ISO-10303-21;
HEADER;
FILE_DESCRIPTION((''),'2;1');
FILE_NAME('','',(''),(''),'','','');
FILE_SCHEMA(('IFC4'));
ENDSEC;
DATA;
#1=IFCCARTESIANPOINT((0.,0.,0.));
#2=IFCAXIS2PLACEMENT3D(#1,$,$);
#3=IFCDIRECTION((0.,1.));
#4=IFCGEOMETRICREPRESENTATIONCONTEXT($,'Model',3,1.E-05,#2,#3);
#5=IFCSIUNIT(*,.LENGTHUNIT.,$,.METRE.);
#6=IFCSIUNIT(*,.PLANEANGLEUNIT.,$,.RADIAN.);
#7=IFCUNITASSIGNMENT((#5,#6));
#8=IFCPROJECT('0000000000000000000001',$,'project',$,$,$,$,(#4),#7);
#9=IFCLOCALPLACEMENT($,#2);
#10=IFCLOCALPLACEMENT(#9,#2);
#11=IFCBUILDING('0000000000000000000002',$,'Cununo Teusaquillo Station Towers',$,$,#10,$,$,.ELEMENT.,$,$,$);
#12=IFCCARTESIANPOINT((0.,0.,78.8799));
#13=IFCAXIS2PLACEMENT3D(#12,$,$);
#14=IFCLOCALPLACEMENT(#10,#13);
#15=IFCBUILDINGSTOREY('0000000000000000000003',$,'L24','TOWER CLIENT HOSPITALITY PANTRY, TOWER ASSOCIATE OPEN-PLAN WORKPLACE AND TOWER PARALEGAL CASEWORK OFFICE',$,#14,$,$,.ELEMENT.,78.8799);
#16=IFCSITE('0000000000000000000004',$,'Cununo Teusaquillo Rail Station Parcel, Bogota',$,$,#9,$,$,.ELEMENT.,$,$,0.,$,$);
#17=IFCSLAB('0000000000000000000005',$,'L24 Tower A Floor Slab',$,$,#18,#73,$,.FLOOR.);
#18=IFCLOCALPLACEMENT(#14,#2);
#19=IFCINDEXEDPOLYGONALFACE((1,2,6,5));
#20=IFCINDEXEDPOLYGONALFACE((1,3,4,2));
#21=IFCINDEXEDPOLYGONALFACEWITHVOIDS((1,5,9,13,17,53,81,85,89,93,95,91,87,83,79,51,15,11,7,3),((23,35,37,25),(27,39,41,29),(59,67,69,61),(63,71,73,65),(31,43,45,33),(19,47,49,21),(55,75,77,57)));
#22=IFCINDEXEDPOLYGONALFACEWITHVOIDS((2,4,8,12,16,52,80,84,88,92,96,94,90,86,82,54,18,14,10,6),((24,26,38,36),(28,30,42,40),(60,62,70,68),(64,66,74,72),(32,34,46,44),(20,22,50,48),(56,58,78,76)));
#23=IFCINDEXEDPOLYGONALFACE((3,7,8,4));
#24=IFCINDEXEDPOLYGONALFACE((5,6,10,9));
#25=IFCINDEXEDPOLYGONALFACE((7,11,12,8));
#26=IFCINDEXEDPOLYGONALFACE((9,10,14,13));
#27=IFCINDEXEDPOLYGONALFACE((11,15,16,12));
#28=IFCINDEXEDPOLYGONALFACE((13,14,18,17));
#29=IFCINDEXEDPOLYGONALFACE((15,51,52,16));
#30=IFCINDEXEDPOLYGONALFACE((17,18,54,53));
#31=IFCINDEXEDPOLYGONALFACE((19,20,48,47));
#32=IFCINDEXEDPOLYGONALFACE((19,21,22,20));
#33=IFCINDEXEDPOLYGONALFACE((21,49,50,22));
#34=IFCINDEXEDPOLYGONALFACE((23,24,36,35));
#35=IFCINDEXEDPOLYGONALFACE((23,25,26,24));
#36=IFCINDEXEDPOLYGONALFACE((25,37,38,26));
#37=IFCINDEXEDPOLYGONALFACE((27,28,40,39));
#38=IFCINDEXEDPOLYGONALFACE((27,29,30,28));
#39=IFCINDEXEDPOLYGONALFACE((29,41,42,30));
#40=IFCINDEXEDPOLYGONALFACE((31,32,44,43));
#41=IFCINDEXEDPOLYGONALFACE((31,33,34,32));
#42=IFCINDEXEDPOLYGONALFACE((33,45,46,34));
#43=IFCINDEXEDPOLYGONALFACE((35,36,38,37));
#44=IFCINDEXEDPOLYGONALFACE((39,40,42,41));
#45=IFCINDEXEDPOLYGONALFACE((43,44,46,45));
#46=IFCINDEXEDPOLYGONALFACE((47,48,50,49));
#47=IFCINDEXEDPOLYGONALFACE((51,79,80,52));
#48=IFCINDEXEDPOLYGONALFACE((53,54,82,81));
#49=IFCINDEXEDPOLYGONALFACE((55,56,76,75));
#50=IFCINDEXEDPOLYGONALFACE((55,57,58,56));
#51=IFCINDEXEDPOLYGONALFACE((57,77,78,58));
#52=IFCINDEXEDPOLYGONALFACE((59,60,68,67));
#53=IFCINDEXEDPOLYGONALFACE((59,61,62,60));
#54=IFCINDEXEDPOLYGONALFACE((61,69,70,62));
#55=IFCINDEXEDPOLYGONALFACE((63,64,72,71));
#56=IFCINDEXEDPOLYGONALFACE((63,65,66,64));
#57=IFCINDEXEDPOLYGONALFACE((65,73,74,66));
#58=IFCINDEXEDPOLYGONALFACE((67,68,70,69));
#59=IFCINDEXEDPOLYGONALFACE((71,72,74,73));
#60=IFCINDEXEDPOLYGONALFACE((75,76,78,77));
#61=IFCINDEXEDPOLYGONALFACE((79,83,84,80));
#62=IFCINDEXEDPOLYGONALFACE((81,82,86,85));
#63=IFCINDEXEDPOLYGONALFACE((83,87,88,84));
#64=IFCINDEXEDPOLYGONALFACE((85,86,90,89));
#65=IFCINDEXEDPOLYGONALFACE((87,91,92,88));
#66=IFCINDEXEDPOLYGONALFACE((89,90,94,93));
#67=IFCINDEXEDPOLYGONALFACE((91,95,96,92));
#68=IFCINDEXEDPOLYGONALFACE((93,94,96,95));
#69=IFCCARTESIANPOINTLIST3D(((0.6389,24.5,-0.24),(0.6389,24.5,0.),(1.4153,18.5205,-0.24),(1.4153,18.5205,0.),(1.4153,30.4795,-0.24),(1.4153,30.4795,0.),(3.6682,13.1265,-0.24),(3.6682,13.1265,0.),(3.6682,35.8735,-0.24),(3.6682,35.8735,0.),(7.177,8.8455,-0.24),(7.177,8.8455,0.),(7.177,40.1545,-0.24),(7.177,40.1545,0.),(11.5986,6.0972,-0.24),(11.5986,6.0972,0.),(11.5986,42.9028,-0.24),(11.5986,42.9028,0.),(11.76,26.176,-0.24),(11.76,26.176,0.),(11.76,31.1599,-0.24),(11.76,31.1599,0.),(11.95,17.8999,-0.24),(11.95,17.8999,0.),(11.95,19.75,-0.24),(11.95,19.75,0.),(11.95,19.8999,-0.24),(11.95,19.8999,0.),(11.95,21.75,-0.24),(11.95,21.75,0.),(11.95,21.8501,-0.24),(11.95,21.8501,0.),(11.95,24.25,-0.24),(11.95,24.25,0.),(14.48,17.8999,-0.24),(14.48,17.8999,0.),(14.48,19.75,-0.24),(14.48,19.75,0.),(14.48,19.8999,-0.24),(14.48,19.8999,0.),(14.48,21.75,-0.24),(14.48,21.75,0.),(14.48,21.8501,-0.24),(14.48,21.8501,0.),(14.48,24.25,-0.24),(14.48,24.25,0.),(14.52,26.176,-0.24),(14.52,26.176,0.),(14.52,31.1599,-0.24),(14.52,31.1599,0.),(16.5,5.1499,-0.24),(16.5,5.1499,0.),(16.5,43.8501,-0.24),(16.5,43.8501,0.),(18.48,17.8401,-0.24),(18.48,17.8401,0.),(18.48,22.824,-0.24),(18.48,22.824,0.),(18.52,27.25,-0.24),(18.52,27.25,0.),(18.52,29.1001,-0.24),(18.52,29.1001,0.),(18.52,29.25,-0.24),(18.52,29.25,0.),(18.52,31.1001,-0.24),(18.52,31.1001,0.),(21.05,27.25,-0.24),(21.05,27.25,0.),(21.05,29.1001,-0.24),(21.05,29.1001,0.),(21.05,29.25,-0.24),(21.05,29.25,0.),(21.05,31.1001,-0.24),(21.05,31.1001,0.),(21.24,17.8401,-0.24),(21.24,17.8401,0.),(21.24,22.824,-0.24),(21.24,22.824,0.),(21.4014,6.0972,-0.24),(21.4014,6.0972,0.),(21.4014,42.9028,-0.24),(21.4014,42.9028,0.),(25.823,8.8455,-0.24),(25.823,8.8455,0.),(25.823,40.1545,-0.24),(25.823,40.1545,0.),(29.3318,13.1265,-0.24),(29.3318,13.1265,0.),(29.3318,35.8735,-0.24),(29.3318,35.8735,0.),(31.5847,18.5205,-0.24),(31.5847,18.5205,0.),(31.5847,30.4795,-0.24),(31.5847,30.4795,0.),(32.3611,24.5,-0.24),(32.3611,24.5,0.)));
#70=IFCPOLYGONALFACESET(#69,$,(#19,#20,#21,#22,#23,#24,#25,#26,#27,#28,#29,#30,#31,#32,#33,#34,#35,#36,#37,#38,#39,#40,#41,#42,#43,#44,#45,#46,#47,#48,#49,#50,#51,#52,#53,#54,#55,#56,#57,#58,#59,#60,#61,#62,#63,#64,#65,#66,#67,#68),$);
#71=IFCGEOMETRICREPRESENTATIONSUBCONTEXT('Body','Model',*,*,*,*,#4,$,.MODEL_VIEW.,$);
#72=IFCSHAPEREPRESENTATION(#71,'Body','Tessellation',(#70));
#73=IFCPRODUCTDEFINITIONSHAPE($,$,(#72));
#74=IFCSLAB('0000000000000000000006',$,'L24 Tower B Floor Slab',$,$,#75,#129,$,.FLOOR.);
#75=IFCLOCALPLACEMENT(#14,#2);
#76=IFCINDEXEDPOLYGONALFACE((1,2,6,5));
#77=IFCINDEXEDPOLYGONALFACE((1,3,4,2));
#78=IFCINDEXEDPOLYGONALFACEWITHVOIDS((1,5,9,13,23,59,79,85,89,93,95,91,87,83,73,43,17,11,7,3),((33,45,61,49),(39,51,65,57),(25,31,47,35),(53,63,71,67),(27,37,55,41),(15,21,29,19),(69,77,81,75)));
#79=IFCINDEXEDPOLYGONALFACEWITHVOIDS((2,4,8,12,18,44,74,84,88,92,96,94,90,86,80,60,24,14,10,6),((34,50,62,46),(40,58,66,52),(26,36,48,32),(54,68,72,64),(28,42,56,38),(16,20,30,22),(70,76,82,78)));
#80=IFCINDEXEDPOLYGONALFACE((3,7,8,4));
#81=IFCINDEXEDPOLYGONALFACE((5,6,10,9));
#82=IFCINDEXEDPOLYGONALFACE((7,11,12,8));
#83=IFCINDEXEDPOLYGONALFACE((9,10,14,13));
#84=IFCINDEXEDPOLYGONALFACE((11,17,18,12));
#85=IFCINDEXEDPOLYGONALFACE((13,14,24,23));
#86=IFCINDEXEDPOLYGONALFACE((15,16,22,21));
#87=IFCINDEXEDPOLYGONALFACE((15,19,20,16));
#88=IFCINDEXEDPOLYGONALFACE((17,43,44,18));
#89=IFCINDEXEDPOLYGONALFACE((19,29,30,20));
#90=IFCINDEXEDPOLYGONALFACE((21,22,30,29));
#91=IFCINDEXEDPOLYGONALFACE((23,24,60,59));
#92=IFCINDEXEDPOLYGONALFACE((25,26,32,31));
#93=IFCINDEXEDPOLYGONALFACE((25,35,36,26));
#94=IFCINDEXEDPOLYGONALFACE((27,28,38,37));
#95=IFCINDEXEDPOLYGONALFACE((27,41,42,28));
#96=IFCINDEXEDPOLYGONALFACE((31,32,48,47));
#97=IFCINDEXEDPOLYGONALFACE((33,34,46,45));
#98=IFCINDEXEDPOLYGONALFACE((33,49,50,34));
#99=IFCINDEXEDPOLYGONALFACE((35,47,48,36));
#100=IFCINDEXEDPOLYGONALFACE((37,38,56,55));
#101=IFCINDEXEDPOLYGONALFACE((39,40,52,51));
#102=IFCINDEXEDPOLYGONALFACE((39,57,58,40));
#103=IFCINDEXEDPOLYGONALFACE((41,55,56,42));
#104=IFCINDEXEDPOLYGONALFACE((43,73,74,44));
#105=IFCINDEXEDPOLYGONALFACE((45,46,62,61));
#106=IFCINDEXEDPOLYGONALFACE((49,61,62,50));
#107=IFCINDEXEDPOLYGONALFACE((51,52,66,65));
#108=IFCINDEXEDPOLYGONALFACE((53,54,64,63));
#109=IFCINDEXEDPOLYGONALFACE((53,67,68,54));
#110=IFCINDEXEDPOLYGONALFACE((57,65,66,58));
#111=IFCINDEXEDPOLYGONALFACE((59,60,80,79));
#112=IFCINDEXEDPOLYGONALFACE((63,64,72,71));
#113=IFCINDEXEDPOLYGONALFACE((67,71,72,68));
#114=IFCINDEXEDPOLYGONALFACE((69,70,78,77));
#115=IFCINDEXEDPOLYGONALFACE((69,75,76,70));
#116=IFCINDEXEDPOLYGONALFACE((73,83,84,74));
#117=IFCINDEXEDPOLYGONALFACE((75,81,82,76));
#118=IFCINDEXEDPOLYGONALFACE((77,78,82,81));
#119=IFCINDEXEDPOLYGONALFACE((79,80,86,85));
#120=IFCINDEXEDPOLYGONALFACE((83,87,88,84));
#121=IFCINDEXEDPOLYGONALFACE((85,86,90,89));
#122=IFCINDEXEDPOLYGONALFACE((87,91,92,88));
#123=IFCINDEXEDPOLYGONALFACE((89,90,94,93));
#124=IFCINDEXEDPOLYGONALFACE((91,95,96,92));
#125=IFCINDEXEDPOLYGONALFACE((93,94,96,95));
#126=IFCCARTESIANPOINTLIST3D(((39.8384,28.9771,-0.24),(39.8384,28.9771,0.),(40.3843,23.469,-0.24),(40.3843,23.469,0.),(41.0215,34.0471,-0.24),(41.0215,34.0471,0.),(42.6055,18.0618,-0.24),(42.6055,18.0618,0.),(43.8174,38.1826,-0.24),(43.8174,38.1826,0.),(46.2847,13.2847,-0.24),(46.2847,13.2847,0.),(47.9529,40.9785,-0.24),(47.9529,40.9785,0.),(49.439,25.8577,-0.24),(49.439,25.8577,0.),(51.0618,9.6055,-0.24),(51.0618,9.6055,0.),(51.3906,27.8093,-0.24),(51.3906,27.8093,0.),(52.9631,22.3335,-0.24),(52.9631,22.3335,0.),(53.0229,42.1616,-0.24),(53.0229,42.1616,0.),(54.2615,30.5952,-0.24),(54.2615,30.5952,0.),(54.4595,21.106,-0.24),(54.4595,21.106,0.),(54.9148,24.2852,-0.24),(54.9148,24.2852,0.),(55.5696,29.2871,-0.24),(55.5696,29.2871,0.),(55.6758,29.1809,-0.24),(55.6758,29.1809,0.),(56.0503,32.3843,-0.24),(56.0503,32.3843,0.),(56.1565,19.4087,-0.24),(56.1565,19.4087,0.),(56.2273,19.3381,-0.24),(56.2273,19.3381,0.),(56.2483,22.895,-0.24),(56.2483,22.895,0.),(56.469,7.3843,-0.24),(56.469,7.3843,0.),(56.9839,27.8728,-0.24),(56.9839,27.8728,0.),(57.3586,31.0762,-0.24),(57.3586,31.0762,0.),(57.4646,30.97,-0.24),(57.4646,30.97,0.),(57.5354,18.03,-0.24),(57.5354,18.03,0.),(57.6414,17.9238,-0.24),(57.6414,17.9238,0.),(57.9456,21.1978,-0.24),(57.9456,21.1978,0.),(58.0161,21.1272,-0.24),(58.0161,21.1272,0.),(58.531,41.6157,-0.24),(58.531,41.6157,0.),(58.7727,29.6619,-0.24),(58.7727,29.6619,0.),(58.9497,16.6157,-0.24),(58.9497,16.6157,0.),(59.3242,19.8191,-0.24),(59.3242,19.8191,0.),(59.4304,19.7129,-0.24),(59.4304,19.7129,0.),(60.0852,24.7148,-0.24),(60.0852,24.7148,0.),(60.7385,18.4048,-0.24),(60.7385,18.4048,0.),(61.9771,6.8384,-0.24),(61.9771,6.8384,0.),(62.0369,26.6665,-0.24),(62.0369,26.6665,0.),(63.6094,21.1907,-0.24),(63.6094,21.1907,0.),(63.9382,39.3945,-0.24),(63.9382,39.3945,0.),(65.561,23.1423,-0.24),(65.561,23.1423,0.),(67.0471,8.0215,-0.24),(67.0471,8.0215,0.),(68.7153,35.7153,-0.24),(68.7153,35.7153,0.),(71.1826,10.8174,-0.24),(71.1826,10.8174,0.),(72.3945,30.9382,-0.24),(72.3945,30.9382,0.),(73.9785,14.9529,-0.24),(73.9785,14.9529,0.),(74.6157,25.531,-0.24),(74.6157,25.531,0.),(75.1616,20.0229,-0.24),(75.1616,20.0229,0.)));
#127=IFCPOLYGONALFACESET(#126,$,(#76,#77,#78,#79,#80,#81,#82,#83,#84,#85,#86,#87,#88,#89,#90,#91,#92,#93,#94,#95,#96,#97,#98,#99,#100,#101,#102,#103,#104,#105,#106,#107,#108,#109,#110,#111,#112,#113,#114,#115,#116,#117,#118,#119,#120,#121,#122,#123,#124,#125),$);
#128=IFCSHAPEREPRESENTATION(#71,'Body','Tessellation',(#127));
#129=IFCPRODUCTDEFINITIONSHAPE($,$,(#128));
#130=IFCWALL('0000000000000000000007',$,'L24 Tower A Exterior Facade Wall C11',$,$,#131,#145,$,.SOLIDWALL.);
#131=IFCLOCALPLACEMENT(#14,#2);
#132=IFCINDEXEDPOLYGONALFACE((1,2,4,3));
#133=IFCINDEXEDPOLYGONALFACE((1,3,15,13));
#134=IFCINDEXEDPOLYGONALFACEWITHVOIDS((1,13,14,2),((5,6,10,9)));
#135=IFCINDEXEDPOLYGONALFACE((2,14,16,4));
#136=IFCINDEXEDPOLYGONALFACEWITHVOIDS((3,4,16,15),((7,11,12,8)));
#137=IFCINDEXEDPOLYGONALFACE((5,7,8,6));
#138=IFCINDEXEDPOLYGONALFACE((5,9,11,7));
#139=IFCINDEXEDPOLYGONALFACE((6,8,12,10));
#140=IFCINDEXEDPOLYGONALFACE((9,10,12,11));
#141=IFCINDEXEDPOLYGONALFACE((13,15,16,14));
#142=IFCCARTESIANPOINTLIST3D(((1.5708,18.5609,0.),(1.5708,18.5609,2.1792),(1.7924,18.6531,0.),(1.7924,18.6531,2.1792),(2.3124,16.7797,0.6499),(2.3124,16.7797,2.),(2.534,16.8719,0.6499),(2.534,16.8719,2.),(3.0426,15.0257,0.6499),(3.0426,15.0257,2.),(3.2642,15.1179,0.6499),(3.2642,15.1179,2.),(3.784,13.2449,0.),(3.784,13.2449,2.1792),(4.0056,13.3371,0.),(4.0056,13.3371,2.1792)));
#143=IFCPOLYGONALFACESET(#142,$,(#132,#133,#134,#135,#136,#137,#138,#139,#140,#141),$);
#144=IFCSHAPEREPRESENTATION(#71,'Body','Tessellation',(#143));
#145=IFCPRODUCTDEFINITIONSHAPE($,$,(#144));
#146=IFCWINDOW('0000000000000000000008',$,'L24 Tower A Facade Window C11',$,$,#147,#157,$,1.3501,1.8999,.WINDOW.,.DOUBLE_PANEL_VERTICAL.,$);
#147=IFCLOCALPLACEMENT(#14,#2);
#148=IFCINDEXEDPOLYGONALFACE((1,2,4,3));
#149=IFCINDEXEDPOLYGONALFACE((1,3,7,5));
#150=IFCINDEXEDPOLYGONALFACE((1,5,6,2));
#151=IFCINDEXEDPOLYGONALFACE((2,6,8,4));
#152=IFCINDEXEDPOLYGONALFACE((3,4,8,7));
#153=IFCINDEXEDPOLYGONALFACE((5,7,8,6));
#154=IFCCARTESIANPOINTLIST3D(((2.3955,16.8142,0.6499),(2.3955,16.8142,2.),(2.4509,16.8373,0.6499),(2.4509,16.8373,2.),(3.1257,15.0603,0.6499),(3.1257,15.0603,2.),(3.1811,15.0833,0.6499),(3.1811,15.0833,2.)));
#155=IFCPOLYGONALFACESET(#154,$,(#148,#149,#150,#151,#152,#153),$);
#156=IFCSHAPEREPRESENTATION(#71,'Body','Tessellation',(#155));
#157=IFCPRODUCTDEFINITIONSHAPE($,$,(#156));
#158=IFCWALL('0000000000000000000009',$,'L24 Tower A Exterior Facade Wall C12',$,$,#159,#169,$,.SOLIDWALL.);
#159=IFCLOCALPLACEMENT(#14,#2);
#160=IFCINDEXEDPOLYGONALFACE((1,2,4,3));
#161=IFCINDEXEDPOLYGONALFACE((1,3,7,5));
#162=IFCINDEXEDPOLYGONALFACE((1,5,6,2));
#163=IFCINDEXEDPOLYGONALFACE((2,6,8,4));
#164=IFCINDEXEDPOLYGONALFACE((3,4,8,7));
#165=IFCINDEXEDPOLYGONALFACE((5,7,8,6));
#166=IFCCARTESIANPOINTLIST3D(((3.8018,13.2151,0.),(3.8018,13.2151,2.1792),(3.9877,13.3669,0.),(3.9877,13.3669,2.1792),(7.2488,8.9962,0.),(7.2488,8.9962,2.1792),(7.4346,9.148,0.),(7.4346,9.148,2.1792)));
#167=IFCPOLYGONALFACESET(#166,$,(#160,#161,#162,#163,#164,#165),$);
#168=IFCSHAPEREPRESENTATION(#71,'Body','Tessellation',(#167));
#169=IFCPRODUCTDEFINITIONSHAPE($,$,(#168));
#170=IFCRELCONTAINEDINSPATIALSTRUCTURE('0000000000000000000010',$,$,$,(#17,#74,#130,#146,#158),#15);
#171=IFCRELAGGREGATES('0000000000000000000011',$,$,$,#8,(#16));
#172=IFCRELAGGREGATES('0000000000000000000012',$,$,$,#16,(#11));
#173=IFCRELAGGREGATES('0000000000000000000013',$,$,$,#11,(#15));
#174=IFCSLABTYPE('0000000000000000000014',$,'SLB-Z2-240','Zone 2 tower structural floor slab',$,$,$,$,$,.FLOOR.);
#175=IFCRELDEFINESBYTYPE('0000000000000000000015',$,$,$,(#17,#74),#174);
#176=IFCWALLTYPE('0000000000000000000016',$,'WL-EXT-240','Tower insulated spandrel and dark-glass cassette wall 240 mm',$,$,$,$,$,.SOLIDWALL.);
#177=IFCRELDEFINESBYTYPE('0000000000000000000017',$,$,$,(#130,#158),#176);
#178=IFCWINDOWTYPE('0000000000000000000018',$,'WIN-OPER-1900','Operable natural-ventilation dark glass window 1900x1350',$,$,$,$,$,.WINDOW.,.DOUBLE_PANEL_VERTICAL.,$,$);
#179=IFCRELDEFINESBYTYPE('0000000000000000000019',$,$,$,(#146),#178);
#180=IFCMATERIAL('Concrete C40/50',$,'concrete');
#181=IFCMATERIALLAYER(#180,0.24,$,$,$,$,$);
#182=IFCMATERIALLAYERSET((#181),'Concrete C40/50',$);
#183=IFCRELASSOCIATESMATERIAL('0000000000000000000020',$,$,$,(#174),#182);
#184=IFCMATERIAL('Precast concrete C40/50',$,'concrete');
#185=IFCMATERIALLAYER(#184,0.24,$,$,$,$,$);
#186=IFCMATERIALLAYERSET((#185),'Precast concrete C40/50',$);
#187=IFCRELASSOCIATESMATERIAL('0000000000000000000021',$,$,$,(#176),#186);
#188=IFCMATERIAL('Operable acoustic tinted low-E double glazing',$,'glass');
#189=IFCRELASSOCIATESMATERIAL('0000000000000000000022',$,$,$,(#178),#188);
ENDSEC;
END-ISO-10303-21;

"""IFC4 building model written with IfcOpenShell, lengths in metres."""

from ifc_helpers import new_model, si_unit, direction, frame, frame_2d, origin, place, context, subcontext, project, spatial, polyline, rectangle, outline, extrude, source, transform, mapped, material, layer, layer_set, type_object, element, fill, save


model = new_model("IFC4")

# Units and contexts
model_context = context("Model", 3, precision=1e-05, world=origin(), true_north=direction((0.0, 1.0)))
body_context = subcontext(model_context, "Body", "Model", "MODEL_VIEW")
ifc_project = project(units=[si_unit("LENGTHUNIT", "METRE"), si_unit("PLANEANGLEUNIT", "RADIAN")], contexts=[model_context])

# Site, building, storey
site_placement = place(None, origin())
site = spatial("IfcSite", under=ifc_project, at=site_placement, Name="Cununo Teusaquillo Rail Station Parcel, Bogota", CompositionType="ELEMENT", RefElevation=0.0)
building_placement = place(site_placement, origin())
building = spatial("IfcBuilding", under=site, at=building_placement, Name="Cununo Teusaquillo Station Towers", CompositionType="ELEMENT")
storey_placement = place(building_placement, frame((0.0, 0.0, 78.8799)))
storey = spatial("IfcBuildingStorey", under=building, at=storey_placement, Name="L24", Description="TOWER CLIENT HOSPITALITY PANTRY, TOWER ASSOCIATE OPEN-PLAN WORKPLACE AND TOWER PARALEGAL CASEWORK OFFICE", CompositionType="ELEMENT", Elevation=78.8799)

# Slabs
ifc_material_1 = material(Name="Concrete C40/50", Category="concrete")
ifc_layer_1 = layer(ifc_material_1, 0.24)
ifc_layer_set_1 = layer_set([ifc_layer_1], Name="Concrete C40/50")
slab_type_1 = type_object("IfcSlabType", Name="SLB-Z2-240", Description="Zone 2 tower structural floor slab", PredefinedType="FLOOR", material=ifc_layer_set_1)
slab_1_placement = place(storey_placement, frame((0.0, 0.0, -0.24)))
element("IfcSlab", 1, at=slab_1_placement, inside=storey, type_object=slab_type_1, Name="L24 Tower A Floor Slab", PredefinedType="FLOOR", context=body_context, shape_type="SweptSolid", body=[
    extrude(outline(polyline([(32.3611, 24.5), (31.5847, 30.4795), (29.3318, 35.8735), (25.823, 40.1545), (21.4014, 42.9028), (16.5, 43.8501), (11.5986, 42.9028), (7.177, 40.1545), (3.6682, 35.8735), (1.4153, 30.4795), (0.6389, 24.5), (1.4153, 18.5205), (3.6682, 13.1265), (7.177, 8.8455), (11.5986, 6.0972), (16.5, 5.1499), (21.4014, 6.0972), (25.823, 8.8455), (29.3318, 13.1265), (31.5847, 18.5205), (32.3611, 24.5)]), holes=[polyline([(14.52, 26.176), (14.52, 31.1599), (11.76, 31.1599), (11.76, 26.176), (14.52, 26.176)]), polyline([(18.48, 22.824), (18.48, 17.8401), (21.24, 17.8401), (21.24, 22.824), (18.48, 22.824)]), polyline([(11.95, 21.8501), (14.48, 21.8501), (14.48, 24.25), (11.95, 24.25), (11.95, 21.8501)]), polyline([(11.95, 17.8999), (14.48, 17.8999), (14.48, 19.75), (11.95, 19.75), (11.95, 17.8999)]), polyline([(11.95, 19.8999), (14.48, 19.8999), (14.48, 21.75), (11.95, 21.75), (11.95, 19.8999)]), polyline([(18.52, 27.25), (21.05, 27.25), (21.05, 29.1001), (18.52, 29.1001), (18.52, 27.25)]), polyline([(18.52, 29.25), (21.05, 29.25), (21.05, 31.1001), (18.52, 31.1001), (18.52, 29.25)])]), origin(), (0.0, 0.0, 1.0), 0.24),
])
slab_2_placement = place(storey_placement, frame((0.0, 0.0, -0.24)))
element("IfcSlab", 2, at=slab_2_placement, inside=storey, type_object=slab_type_1, Name="L24 Tower B Floor Slab", PredefinedType="FLOOR", context=body_context, shape_type="SweptSolid", body=[
    extrude(outline(polyline([(68.7153, 35.7153), (63.9382, 39.3945), (58.531, 41.6157), (53.0229, 42.1616), (47.9529, 40.9785), (43.8174, 38.1826), (41.0215, 34.0471), (39.8384, 28.9771), (40.3843, 23.469), (42.6055, 18.0618), (46.2847, 13.2847), (51.0618, 9.6055), (56.469, 7.3843), (61.9771, 6.8384), (67.0471, 8.0215), (71.1826, 10.8174), (73.9785, 14.9529), (75.1616, 20.0229), (74.6157, 25.531), (72.3945, 30.9382), (68.7153, 35.7153)]), holes=[polyline([(54.9148, 24.2852), (51.3906, 27.8093), (49.439, 25.8577), (52.9631, 22.3335), (54.9148, 24.2852)]), polyline([(60.0852, 24.7148), (63.6094, 21.1907), (65.561, 23.1423), (62.0369, 26.6665), (60.0852, 24.7148)]), polyline([(56.1565, 19.4087), (57.9456, 21.1978), (56.2483, 22.895), (54.4595, 21.106), (56.1565, 19.4087)]), polyline([(58.9497, 16.6157), (60.7385, 18.4048), (59.4304, 19.7129), (57.6414, 17.9238), (58.9497, 16.6157)]), polyline([(57.5354, 18.03), (59.3242, 19.8191), (58.0161, 21.1272), (56.2273, 19.3381), (57.5354, 18.03)]), polyline([(56.9839, 27.8728), (58.7727, 29.6619), (57.4646, 30.97), (55.6758, 29.1809), (56.9839, 27.8728)]), polyline([(55.5696, 29.2871), (57.3586, 31.0762), (56.0503, 32.3843), (54.2615, 30.5952), (55.5696, 29.2871)])]), origin(), (0.0, 0.0, 1.0), 0.24),
])

# Wall, opening, window
ifc_material_2 = material(Name="Precast concrete C40/50", Category="concrete")
ifc_layer_2 = layer(ifc_material_2, 0.24)
ifc_layer_set_2 = layer_set([ifc_layer_2], Name="Precast concrete C40/50")
wall_type_1 = type_object("IfcWallType", Name="WL-EXT-240", Description="Tower insulated spandrel and dark-glass cassette wall 240 mm", PredefinedType="SOLIDWALL", material=ifc_layer_set_2)
wall_1_placement = place(storey_placement, frame((3.8948, 13.291, 0.0), z_axis=(0.0, 0.0, 1.0), x_axis=(-0.384344, 0.92319, 0.0)))
wall_1 = element("IfcWall", 3, at=wall_1_placement, inside=storey, type_object=wall_type_1, Name="L24 Tower A Exterior Facade Wall C11", PredefinedType="SOLIDWALL", context=body_context, shape_type="SweptSolid", body=[
    extrude(rectangle(XDim=5.7583, YDim=0.24, at=frame_2d((2.8792, 0.0))), origin(), (0.0, 0.0, 1.0), 2.1792),
])
shared_shape_1 = source(origin(), body_context, "Body", "SweptSolid", [
    extrude(rectangle(XDim=1.8999, YDim=1.3501, at=frame_2d((0.95, 0.675))), frame((0.0, 0.1299, 0.0), z_axis=(0.0, -1.0, 0.0), x_axis=(1.0, 0.0, 0.0)), (0.0, 0.0, 1.0), 0.26),
])
opening_1_placement = place(wall_1_placement, frame((1.929, 0.0, 0.6499)))
opening_1 = element("IfcOpeningElement", 4, at=opening_1_placement, cuts=wall_1, PredefinedType="OPENING", context=body_context, shape_type="MappedRepresentation", body=[
    mapped(shared_shape_1, transform((0.0, 0.0, 0.0), x_axis=(1.0, 0.0, 0.0), y_axis=(0.0, 1.0, 0.0), z_axis=(0.0, 0.0, 1.0), scale=1.0)),
])
ifc_material_3 = material(Name="Operable acoustic tinted low-E double glazing", Category="glass")
window_type = type_object("IfcWindowType", Name="WIN-OPER-1900", Description="Operable natural-ventilation dark glass window 1900x1350", PartitioningType="DOUBLE_PANEL_VERTICAL", PredefinedType="WINDOW", material=ifc_material_3)
shared_shape_2 = source(origin(), body_context, "Body", "SweptSolid", [
    extrude(rectangle(XDim=1.8999, YDim=1.3501, at=frame_2d((0.95, 0.675))), frame((0.0, 0.03, 0.0), z_axis=(0.0, -1.0, 0.0), x_axis=(1.0, 0.0, 0.0)), (0.0, 0.0, 1.0), 0.0601),
])
window_1_placement = place(opening_1_placement, origin())
window_1 = element("IfcWindow", 5, at=window_1_placement, inside=storey, type_object=window_type, Name="L24 Tower A Facade Window C11", OverallHeight=1.3501, OverallWidth=1.8999, PartitioningType="DOUBLE_PANEL_VERTICAL", PredefinedType="WINDOW", context=body_context, shape_type="MappedRepresentation", body=[
    mapped(shared_shape_2, transform((0.0, 0.0, 0.0), x_axis=(1.0, 0.0, 0.0), y_axis=(0.0, 1.0, 0.0), z_axis=(0.0, 0.0, 1.0), scale=1.0)),
])
fill(opening_1, window_1)

# Wall
wall_2_placement = place(storey_placement, frame((7.3418, 9.072, 0.0), z_axis=(0.0, 0.0, 1.0), x_axis=(-0.632701, 0.774396, 0.0)))
element("IfcWall", 6, at=wall_2_placement, inside=storey, type_object=wall_type_1, Name="L24 Tower A Exterior Facade Wall C12", PredefinedType="SOLIDWALL", context=body_context, shape_type="SweptSolid", body=[
    extrude(rectangle(XDim=5.448, YDim=0.24, at=frame_2d((2.7241, 0.0))), origin(), (0.0, 0.0, 1.0), 2.1792),
])

save(model, "model.ifc")
